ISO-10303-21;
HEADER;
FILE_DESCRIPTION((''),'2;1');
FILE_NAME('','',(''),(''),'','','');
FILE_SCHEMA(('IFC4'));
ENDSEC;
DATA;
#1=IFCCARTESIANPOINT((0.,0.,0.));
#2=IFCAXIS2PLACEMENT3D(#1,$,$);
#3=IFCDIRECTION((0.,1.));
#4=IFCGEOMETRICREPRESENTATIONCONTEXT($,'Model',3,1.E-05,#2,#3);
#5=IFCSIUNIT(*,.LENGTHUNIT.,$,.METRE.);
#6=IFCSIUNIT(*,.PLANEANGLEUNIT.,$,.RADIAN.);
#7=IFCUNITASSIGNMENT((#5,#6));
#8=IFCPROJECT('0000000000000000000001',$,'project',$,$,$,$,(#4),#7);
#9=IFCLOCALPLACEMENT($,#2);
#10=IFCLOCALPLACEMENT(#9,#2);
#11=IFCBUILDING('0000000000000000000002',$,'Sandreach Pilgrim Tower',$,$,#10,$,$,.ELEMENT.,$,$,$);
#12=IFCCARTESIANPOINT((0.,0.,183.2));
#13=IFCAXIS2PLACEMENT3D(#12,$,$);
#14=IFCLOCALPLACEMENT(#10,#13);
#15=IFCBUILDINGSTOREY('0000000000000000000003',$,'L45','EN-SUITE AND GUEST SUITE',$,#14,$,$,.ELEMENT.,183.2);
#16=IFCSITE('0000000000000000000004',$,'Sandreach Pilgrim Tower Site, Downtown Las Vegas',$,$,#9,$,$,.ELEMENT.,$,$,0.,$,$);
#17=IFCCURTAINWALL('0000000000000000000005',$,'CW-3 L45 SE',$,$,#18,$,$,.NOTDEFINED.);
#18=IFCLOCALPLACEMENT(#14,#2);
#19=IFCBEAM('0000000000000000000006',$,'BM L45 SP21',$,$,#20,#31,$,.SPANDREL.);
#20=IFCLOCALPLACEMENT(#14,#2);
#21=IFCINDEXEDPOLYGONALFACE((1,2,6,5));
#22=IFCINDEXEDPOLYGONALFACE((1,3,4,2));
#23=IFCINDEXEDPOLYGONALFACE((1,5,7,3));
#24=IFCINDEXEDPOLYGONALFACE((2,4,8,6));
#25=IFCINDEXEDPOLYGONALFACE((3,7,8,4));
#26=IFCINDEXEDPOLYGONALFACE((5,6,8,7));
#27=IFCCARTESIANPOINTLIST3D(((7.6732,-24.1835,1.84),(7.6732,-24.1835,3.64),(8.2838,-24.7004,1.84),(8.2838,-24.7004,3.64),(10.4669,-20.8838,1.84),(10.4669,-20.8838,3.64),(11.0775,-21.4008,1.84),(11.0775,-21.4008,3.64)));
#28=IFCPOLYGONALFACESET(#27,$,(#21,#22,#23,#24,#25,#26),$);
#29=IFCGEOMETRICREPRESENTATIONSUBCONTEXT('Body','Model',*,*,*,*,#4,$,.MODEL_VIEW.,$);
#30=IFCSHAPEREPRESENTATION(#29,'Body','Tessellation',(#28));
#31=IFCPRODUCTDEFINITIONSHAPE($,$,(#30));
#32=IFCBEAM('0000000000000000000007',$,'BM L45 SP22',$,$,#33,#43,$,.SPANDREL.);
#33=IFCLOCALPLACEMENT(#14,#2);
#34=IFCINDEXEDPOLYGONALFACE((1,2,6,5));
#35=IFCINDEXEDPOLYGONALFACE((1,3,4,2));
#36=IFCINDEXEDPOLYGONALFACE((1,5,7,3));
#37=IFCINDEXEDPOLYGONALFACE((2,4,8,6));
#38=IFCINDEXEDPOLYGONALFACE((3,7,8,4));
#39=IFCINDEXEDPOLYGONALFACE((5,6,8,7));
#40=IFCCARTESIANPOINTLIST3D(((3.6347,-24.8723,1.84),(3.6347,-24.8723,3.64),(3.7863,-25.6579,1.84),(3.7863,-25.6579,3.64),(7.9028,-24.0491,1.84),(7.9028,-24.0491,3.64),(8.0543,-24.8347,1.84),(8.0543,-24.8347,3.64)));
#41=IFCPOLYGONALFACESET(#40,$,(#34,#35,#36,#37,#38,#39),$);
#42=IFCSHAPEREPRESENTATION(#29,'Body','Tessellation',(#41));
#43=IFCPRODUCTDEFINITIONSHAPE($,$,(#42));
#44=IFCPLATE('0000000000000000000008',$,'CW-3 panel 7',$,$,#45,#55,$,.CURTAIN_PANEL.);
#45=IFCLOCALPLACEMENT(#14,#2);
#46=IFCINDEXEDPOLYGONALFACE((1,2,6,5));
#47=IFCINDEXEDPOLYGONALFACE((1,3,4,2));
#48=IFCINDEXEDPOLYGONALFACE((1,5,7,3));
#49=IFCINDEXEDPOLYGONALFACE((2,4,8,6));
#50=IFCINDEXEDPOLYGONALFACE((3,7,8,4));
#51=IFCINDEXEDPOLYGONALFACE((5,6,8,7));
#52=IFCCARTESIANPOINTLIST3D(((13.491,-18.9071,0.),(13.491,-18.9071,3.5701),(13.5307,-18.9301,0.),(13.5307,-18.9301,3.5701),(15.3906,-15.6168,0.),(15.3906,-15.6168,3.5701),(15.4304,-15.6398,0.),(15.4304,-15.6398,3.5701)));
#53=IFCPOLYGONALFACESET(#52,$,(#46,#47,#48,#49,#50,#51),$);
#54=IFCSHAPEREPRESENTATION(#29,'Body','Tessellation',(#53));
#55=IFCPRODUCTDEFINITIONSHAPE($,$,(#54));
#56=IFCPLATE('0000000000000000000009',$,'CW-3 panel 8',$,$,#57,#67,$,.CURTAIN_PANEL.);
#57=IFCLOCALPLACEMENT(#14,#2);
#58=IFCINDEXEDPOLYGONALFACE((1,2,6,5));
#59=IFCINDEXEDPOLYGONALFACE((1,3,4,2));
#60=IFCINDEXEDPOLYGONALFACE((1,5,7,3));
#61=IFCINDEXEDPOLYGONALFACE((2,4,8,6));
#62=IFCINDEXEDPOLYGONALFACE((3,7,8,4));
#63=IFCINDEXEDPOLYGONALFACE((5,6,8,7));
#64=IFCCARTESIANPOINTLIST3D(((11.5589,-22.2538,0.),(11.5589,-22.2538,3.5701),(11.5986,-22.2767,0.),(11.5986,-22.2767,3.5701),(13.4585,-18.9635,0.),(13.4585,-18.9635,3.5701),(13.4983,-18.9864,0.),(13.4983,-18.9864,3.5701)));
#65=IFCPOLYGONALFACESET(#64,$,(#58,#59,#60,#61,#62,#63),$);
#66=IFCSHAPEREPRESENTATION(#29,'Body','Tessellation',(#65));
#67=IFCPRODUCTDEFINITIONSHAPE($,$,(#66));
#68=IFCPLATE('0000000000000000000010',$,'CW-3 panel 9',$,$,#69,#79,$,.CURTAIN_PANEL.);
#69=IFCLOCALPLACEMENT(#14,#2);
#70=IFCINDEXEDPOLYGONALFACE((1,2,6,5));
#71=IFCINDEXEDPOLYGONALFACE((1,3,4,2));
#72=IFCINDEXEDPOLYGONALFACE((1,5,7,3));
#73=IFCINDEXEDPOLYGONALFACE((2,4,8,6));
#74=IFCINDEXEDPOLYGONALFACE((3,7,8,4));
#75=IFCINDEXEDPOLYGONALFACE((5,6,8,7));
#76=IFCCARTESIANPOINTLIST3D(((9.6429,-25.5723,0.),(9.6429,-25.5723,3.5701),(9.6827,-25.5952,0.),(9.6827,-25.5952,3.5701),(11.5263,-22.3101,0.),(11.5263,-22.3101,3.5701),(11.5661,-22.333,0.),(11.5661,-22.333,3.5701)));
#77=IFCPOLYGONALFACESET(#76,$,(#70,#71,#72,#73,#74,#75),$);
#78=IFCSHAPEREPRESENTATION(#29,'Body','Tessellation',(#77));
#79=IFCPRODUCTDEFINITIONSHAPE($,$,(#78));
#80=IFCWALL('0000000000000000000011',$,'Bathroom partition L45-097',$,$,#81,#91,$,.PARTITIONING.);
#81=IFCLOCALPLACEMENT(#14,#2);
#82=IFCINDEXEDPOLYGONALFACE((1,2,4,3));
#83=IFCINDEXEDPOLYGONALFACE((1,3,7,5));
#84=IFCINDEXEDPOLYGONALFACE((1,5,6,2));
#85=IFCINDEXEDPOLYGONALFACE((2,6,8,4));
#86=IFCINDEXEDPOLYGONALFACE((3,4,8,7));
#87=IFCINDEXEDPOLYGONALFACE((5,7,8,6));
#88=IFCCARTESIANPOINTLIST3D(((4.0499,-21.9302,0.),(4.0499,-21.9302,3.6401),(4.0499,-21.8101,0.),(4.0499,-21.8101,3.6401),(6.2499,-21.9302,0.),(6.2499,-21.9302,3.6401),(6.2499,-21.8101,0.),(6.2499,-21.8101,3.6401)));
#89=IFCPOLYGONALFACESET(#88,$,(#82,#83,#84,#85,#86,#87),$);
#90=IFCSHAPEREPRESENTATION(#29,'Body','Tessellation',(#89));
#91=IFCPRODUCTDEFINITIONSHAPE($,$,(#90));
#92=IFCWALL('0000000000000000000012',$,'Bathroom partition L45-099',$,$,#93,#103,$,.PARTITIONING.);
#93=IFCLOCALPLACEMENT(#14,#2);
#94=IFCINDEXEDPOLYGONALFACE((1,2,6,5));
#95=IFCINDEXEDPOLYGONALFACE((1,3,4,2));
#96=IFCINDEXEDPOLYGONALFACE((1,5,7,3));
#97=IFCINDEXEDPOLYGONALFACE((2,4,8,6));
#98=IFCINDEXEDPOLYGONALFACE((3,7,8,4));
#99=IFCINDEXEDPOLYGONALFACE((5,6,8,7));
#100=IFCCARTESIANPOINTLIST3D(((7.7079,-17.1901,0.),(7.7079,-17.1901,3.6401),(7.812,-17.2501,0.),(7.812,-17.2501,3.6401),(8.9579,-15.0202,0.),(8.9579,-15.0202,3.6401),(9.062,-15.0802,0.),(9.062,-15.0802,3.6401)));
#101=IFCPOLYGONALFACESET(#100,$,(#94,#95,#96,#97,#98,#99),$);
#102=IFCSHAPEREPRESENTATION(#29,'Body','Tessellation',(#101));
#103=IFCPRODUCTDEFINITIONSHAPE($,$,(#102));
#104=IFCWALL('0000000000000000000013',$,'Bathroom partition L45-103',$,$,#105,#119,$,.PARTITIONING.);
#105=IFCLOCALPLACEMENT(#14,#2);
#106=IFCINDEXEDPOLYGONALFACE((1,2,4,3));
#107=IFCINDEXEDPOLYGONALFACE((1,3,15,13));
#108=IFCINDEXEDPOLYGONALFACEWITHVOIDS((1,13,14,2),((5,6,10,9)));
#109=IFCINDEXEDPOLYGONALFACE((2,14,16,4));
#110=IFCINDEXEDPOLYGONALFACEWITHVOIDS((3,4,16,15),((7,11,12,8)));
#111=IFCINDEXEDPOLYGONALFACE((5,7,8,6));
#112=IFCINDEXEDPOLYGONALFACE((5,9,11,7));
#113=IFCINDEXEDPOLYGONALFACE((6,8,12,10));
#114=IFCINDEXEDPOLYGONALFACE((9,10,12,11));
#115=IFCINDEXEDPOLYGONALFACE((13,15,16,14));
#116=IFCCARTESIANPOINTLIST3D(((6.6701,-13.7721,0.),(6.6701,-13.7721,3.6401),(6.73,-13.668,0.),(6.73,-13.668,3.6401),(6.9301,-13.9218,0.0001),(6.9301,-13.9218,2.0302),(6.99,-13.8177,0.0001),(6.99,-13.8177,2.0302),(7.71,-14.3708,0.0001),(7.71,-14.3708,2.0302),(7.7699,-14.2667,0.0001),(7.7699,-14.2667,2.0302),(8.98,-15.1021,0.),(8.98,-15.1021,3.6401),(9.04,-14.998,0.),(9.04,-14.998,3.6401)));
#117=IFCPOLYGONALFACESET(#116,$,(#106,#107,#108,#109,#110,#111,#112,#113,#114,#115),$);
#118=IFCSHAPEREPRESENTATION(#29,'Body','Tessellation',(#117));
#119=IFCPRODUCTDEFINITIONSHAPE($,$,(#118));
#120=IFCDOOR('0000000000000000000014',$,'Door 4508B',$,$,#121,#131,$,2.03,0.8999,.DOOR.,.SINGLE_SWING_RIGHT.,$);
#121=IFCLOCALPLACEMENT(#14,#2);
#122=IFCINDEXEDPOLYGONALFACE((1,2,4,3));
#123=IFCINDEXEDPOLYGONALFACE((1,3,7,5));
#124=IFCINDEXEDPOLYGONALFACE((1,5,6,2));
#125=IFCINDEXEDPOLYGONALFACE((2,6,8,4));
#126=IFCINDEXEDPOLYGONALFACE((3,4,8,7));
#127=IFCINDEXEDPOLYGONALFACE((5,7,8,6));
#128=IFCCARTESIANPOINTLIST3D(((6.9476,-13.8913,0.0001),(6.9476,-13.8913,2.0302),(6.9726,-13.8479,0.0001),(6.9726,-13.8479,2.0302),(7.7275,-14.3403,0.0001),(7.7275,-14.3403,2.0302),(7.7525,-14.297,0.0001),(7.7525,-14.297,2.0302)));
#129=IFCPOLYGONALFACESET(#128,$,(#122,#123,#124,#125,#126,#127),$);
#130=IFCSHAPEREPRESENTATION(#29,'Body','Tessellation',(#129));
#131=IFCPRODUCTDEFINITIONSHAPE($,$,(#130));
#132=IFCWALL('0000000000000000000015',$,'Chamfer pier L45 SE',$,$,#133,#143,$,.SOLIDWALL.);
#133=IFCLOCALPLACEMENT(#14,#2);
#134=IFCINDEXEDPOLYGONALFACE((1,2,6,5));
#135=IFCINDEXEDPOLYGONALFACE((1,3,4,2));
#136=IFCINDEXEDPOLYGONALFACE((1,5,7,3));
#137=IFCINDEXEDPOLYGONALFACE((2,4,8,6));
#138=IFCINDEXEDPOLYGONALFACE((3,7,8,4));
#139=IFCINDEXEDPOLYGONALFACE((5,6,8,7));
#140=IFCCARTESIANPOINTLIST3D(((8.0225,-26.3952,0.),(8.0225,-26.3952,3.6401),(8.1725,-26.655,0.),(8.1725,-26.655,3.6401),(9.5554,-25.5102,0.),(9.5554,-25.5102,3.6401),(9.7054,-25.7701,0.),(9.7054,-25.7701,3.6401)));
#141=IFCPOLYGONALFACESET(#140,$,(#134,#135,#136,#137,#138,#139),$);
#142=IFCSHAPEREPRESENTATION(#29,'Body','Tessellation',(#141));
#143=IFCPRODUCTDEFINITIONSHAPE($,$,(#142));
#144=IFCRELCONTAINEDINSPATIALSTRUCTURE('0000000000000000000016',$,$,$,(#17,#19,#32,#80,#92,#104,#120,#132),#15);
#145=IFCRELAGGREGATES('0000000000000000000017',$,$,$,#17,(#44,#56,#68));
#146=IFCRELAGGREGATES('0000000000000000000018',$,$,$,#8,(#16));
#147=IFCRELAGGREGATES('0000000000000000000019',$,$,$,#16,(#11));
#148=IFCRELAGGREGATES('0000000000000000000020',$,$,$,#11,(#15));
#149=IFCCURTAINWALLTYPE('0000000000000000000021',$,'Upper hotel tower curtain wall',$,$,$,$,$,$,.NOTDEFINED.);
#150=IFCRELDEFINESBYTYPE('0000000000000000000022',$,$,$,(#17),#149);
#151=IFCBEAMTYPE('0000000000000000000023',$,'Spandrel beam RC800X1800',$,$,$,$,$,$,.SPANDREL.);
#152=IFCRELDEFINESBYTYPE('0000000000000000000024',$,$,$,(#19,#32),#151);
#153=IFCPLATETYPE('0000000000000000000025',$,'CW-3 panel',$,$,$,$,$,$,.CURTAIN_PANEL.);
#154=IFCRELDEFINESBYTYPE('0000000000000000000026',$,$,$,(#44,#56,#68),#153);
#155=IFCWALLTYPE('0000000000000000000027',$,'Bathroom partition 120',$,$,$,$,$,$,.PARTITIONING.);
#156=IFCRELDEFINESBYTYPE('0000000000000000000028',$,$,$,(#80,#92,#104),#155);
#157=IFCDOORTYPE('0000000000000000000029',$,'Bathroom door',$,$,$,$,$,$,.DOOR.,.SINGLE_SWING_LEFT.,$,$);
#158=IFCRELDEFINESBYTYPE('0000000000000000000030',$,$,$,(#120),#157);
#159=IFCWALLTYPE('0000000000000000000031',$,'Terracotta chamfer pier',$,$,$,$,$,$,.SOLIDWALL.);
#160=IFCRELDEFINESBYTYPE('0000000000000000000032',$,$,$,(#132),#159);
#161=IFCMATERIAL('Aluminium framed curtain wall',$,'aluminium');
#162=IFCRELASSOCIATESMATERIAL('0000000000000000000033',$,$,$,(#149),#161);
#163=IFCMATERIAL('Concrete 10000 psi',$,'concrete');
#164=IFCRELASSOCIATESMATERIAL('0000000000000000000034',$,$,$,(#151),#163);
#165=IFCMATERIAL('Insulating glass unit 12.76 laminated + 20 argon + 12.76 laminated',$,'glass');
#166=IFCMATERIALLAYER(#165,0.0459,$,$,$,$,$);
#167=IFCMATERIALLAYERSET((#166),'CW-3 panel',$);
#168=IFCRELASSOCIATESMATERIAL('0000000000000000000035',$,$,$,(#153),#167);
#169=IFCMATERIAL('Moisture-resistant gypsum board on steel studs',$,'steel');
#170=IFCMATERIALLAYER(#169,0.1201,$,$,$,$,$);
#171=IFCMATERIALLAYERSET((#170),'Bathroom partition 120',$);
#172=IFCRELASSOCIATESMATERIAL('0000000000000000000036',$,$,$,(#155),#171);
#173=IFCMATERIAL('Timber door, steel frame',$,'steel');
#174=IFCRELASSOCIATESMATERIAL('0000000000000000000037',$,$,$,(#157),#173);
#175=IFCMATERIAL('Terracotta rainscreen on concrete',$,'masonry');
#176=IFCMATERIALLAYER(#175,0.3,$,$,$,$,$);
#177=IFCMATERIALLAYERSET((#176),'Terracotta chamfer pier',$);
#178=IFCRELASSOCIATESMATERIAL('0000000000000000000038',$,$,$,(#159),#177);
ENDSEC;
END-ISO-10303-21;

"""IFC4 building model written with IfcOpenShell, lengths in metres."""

from ifc_helpers import new_model, si_unit, direction, frame, frame_2d, origin, origin_2d, place, context, subcontext, project, spatial, rectangle, extrude, material, layer, layer_set, material_profile, profile_set, type_object, element, fill, aggregate, save


model = new_model("IFC4")

# Units and contexts
model_context = context("Model", 3, precision=1e-05, world=origin(), true_north=direction((0.0, 1.0)))
body_context = subcontext(model_context, "Body", "Model", "MODEL_VIEW")
ifc_project = project(units=[si_unit("LENGTHUNIT", "METRE"), si_unit("PLANEANGLEUNIT", "RADIAN")], contexts=[model_context])

# Site, building, storey
site_placement = place(None, origin())
site = spatial("IfcSite", under=ifc_project, at=site_placement, Name="Sandreach Pilgrim Tower Site, Downtown Las Vegas", CompositionType="ELEMENT", RefElevation=0.0)
building_placement = place(site_placement, origin())
building = spatial("IfcBuilding", under=site, at=building_placement, Name="Sandreach Pilgrim Tower", CompositionType="ELEMENT")
storey_placement = place(building_placement, frame((0.0, 0.0, 183.2)))
storey = spatial("IfcBuildingStorey", under=building, at=storey_placement, Name="L45", Description="EN-SUITE AND GUEST SUITE", CompositionType="ELEMENT", Elevation=183.2)

# Curtain wall
ifc_material_1 = material(Name="Aluminium framed curtain wall", Category="aluminium")
curtain_wall_type = type_object("IfcCurtainWallType", Name="Upper hotel tower curtain wall", PredefinedType="NOTDEFINED", material=ifc_material_1)
curtain_wall_1_placement = place(storey_placement, origin())
curtain_wall_1 = element("IfcCurtainWall", 1, at=curtain_wall_1_placement, inside=storey, type_object=curtain_wall_type, Name="CW-3 L45 SE", PredefinedType="NOTDEFINED")

# Beams
ifc_material_2 = material(Name="Concrete 10000 psi", Category="concrete")
ifc_material_profile_1 = material_profile(ifc_material_2, rectangle(XDim=0.8, YDim=1.8, at=origin_2d()), Name="RC800X1800")
ifc_profile_set_1 = profile_set([ifc_material_profile_1], Name="Concrete 10000 psi")
beam_type_1 = type_object("IfcBeamType", Name="Spandrel beam RC800X1800", PredefinedType="SPANDREL", material=ifc_profile_set_1)
beam_1_placement = place(storey_placement, frame((10.7722, -21.1423, 2.74), z_axis=(-0.64618, -0.763185, 0.0), x_axis=(0.763185, -0.64618, 0.0)))
element("IfcBeam", 2, at=beam_1_placement, inside=storey, type_object=beam_type_1, Name="BM L45 SP21", PredefinedType="SPANDREL", context=body_context, shape_type="SweptSolid", body=[
    extrude(rectangle(XDim=0.8, YDim=1.8, at=origin_2d()), origin(), (0.0, 0.0, 1.0), 4.3235),
])
beam_2_placement = place(storey_placement, frame((7.9785, -24.4419, 2.74), z_axis=(-0.981901, -0.189393, 0.0), x_axis=(0.189393, -0.981901, 0.0)))
element("IfcBeam", 3, at=beam_2_placement, inside=storey, type_object=beam_type_1, Name="BM L45 SP22", PredefinedType="SPANDREL", context=body_context, shape_type="SweptSolid", body=[
    extrude(rectangle(XDim=0.8, YDim=1.8, at=origin_2d()), origin(), (0.0, 0.0, 1.0), 4.3467),
])

# Plates
ifc_material_3 = material(Name="Insulating glass unit 12.76 laminated + 20 argon + 12.76 laminated", Category="glass")
ifc_layer_1 = layer(ifc_material_3, 0.0459)
ifc_layer_set_1 = layer_set([ifc_layer_1], Name="CW-3 panel")
plate_type = type_object("IfcPlateType", Name="CW-3 panel", PredefinedType="CURTAIN_PANEL", material=ifc_layer_set_1)
plate_1_placement = place(storey_placement, frame((14.4607, -17.2734, 0.0), z_axis=(0.0, 0.0, 1.0), x_axis=(-0.5, -0.866025, 0.0)))
plate_1 = element("IfcPlate", 4, at=plate_1_placement, type_object=plate_type, Name="CW-3 panel 7", PredefinedType="CURTAIN_PANEL", context=body_context, shape_type="SweptSolid", body=[
    extrude(rectangle(XDim=3.7993, YDim=0.0459, at=origin_2d()), origin(), (0.0, 0.0, 1.0), 3.5701),
])
plate_2_placement = place(storey_placement, frame((12.5286, -20.6201, 0.0), z_axis=(0.0, 0.0, 1.0), x_axis=(-0.5, -0.866025, 0.0)))
plate_2 = element("IfcPlate", 5, at=plate_2_placement, type_object=plate_type, Name="CW-3 panel 8", PredefinedType="CURTAIN_PANEL", context=body_context, shape_type="SweptSolid", body=[
    extrude(rectangle(XDim=3.7993, YDim=0.0459, at=origin_2d()), origin(), (0.0, 0.0, 1.0), 3.5701),
])
plate_3_placement = place(storey_placement, frame((10.6045, -23.9526, 0.0), z_axis=(0.0, 0.0, 1.0), x_axis=(-0.5, -0.866025, 0.0)))
plate_3 = element("IfcPlate", 6, at=plate_3_placement, type_object=plate_type, Name="CW-3 panel 9", PredefinedType="CURTAIN_PANEL", context=body_context, shape_type="SweptSolid", body=[
    extrude(rectangle(XDim=3.7668, YDim=0.0459, at=origin_2d()), origin(), (0.0, 0.0, 1.0), 3.5701),
])
aggregate(curtain_wall_1, [plate_1, plate_2, plate_3])

# Walls
ifc_material_4 = material(Name="Moisture-resistant gypsum board on steel studs", Category="steel")
ifc_layer_2 = layer(ifc_material_4, 0.1201)
ifc_layer_set_2 = layer_set([ifc_layer_2], Name="Bathroom partition 120")
wall_type_1 = type_object("IfcWallType", Name="Bathroom partition 120", PredefinedType="PARTITIONING", material=ifc_layer_set_2)
wall_1_placement = place(storey_placement, frame((6.25, -21.8701, 0.0), z_axis=(0.0, 0.0, 1.0), x_axis=(-1.0, 0.0, 0.0)))
element("IfcWall", 7, at=wall_1_placement, inside=storey, type_object=wall_type_1, Name="Bathroom partition L45-097", PredefinedType="PARTITIONING", context=body_context, shape_type="SweptSolid", body=[
    extrude(rectangle(XDim=2.2, YDim=0.1201, at=frame_2d((1.1001, 0.0))), origin(), (0.0, 0.0, 1.0), 3.6401),
])
wall_2_placement = place(storey_placement, frame((7.76, -17.22, 0.0), z_axis=(0.0, 0.0, 1.0), x_axis=(0.49916, 0.86651, 0.0)))
element("IfcWall", 8, at=wall_2_placement, inside=storey, type_object=wall_type_1, Name="Bathroom partition L45-099", PredefinedType="PARTITIONING", context=body_context, shape_type="SweptSolid", body=[
    extrude(rectangle(XDim=2.5042, YDim=0.1201, at=frame_2d((1.252, 0.0))), origin(), (0.0, 0.0, 1.0), 3.6401),
])

# Wall, opening, door
wall_3_placement = place(storey_placement, frame((9.01, -15.05, 0.0), z_axis=(0.0, 0.0, 1.0), x_axis=(-0.866615, 0.498977, 0.0)))
wall_3 = element("IfcWall", 9, at=wall_3_placement, inside=storey, type_object=wall_type_1, Name="Bathroom partition L45-103", PredefinedType="PARTITIONING", context=body_context, shape_type="SweptSolid", body=[
    extrude(rectangle(XDim=2.6655, YDim=0.1201, at=frame_2d((1.3328, 0.0))), origin(), (0.0, 0.0, 1.0), 3.6401),
])
opening_placement = place(wall_3_placement, frame((1.4656, 0.0, 0.0)))
opening = element("IfcOpeningElement", 10, at=opening_placement, cuts=wall_3, PredefinedType="OPENING", context=body_context, shape_type="SweptSolid", body=[
    extrude(rectangle(XDim=0.8999, YDim=2.03, at=frame_2d((0.45, 1.0151))), frame((0.0, 0.0601, 0.0), z_axis=(0.0, -1.0, 0.0), x_axis=(1.0, 0.0, 0.0)), (0.0, 0.0, 1.0), 0.1201),
])
ifc_material_5 = material(Name="Timber door, steel frame", Category="steel")
door_type = type_object("IfcDoorType", Name="Bathroom door", OperationType="SINGLE_SWING_LEFT", PredefinedType="DOOR", material=ifc_material_5)
door_placement = place(opening_placement, origin())
door = element("IfcDoor", 11, at=door_placement, inside=storey, type_object=door_type, Name="Door 4508B", OperationType="SINGLE_SWING_RIGHT", OverallHeight=2.03, OverallWidth=0.8999, PredefinedType="DOOR", context=body_context, shape_type="SweptSolid", body=[
    extrude(rectangle(XDim=0.8999, YDim=2.03, at=frame_2d((0.45, 1.0151))), frame((0.0, 0.0249, 0.0), z_axis=(0.0, -1.0, 0.0), x_axis=(1.0, 0.0, 0.0)), (0.0, 0.0, 1.0), 0.05),
])
fill(opening, door)

# Wall
ifc_material_6 = material(Name="Terracotta rainscreen on concrete", Category="masonry")
ifc_layer_3 = layer(ifc_material_6, 0.3)
ifc_layer_set_3 = layer_set([ifc_layer_3], Name="Terracotta chamfer pier")
wall_type_2 = type_object("IfcWallType", Name="Terracotta chamfer pier", PredefinedType="SOLIDWALL", material=ifc_layer_set_3)
wall_4_placement = place(storey_placement, frame((9.6304, -25.6401, 0.0), z_axis=(0.0, 0.0, 1.0), x_axis=(-0.866036, -0.499981, 0.0)))
element("IfcWall", 12, at=wall_4_placement, inside=storey, type_object=wall_type_2, Name="Chamfer pier L45 SE", PredefinedType="SOLIDWALL", context=body_context, shape_type="SweptSolid", body=[
    extrude(rectangle(XDim=1.77, YDim=0.3, at=frame_2d((0.885, 0.0))), origin(), (0.0, 0.0, 1.0), 3.6401),
])

save(model, "model.ifc")
